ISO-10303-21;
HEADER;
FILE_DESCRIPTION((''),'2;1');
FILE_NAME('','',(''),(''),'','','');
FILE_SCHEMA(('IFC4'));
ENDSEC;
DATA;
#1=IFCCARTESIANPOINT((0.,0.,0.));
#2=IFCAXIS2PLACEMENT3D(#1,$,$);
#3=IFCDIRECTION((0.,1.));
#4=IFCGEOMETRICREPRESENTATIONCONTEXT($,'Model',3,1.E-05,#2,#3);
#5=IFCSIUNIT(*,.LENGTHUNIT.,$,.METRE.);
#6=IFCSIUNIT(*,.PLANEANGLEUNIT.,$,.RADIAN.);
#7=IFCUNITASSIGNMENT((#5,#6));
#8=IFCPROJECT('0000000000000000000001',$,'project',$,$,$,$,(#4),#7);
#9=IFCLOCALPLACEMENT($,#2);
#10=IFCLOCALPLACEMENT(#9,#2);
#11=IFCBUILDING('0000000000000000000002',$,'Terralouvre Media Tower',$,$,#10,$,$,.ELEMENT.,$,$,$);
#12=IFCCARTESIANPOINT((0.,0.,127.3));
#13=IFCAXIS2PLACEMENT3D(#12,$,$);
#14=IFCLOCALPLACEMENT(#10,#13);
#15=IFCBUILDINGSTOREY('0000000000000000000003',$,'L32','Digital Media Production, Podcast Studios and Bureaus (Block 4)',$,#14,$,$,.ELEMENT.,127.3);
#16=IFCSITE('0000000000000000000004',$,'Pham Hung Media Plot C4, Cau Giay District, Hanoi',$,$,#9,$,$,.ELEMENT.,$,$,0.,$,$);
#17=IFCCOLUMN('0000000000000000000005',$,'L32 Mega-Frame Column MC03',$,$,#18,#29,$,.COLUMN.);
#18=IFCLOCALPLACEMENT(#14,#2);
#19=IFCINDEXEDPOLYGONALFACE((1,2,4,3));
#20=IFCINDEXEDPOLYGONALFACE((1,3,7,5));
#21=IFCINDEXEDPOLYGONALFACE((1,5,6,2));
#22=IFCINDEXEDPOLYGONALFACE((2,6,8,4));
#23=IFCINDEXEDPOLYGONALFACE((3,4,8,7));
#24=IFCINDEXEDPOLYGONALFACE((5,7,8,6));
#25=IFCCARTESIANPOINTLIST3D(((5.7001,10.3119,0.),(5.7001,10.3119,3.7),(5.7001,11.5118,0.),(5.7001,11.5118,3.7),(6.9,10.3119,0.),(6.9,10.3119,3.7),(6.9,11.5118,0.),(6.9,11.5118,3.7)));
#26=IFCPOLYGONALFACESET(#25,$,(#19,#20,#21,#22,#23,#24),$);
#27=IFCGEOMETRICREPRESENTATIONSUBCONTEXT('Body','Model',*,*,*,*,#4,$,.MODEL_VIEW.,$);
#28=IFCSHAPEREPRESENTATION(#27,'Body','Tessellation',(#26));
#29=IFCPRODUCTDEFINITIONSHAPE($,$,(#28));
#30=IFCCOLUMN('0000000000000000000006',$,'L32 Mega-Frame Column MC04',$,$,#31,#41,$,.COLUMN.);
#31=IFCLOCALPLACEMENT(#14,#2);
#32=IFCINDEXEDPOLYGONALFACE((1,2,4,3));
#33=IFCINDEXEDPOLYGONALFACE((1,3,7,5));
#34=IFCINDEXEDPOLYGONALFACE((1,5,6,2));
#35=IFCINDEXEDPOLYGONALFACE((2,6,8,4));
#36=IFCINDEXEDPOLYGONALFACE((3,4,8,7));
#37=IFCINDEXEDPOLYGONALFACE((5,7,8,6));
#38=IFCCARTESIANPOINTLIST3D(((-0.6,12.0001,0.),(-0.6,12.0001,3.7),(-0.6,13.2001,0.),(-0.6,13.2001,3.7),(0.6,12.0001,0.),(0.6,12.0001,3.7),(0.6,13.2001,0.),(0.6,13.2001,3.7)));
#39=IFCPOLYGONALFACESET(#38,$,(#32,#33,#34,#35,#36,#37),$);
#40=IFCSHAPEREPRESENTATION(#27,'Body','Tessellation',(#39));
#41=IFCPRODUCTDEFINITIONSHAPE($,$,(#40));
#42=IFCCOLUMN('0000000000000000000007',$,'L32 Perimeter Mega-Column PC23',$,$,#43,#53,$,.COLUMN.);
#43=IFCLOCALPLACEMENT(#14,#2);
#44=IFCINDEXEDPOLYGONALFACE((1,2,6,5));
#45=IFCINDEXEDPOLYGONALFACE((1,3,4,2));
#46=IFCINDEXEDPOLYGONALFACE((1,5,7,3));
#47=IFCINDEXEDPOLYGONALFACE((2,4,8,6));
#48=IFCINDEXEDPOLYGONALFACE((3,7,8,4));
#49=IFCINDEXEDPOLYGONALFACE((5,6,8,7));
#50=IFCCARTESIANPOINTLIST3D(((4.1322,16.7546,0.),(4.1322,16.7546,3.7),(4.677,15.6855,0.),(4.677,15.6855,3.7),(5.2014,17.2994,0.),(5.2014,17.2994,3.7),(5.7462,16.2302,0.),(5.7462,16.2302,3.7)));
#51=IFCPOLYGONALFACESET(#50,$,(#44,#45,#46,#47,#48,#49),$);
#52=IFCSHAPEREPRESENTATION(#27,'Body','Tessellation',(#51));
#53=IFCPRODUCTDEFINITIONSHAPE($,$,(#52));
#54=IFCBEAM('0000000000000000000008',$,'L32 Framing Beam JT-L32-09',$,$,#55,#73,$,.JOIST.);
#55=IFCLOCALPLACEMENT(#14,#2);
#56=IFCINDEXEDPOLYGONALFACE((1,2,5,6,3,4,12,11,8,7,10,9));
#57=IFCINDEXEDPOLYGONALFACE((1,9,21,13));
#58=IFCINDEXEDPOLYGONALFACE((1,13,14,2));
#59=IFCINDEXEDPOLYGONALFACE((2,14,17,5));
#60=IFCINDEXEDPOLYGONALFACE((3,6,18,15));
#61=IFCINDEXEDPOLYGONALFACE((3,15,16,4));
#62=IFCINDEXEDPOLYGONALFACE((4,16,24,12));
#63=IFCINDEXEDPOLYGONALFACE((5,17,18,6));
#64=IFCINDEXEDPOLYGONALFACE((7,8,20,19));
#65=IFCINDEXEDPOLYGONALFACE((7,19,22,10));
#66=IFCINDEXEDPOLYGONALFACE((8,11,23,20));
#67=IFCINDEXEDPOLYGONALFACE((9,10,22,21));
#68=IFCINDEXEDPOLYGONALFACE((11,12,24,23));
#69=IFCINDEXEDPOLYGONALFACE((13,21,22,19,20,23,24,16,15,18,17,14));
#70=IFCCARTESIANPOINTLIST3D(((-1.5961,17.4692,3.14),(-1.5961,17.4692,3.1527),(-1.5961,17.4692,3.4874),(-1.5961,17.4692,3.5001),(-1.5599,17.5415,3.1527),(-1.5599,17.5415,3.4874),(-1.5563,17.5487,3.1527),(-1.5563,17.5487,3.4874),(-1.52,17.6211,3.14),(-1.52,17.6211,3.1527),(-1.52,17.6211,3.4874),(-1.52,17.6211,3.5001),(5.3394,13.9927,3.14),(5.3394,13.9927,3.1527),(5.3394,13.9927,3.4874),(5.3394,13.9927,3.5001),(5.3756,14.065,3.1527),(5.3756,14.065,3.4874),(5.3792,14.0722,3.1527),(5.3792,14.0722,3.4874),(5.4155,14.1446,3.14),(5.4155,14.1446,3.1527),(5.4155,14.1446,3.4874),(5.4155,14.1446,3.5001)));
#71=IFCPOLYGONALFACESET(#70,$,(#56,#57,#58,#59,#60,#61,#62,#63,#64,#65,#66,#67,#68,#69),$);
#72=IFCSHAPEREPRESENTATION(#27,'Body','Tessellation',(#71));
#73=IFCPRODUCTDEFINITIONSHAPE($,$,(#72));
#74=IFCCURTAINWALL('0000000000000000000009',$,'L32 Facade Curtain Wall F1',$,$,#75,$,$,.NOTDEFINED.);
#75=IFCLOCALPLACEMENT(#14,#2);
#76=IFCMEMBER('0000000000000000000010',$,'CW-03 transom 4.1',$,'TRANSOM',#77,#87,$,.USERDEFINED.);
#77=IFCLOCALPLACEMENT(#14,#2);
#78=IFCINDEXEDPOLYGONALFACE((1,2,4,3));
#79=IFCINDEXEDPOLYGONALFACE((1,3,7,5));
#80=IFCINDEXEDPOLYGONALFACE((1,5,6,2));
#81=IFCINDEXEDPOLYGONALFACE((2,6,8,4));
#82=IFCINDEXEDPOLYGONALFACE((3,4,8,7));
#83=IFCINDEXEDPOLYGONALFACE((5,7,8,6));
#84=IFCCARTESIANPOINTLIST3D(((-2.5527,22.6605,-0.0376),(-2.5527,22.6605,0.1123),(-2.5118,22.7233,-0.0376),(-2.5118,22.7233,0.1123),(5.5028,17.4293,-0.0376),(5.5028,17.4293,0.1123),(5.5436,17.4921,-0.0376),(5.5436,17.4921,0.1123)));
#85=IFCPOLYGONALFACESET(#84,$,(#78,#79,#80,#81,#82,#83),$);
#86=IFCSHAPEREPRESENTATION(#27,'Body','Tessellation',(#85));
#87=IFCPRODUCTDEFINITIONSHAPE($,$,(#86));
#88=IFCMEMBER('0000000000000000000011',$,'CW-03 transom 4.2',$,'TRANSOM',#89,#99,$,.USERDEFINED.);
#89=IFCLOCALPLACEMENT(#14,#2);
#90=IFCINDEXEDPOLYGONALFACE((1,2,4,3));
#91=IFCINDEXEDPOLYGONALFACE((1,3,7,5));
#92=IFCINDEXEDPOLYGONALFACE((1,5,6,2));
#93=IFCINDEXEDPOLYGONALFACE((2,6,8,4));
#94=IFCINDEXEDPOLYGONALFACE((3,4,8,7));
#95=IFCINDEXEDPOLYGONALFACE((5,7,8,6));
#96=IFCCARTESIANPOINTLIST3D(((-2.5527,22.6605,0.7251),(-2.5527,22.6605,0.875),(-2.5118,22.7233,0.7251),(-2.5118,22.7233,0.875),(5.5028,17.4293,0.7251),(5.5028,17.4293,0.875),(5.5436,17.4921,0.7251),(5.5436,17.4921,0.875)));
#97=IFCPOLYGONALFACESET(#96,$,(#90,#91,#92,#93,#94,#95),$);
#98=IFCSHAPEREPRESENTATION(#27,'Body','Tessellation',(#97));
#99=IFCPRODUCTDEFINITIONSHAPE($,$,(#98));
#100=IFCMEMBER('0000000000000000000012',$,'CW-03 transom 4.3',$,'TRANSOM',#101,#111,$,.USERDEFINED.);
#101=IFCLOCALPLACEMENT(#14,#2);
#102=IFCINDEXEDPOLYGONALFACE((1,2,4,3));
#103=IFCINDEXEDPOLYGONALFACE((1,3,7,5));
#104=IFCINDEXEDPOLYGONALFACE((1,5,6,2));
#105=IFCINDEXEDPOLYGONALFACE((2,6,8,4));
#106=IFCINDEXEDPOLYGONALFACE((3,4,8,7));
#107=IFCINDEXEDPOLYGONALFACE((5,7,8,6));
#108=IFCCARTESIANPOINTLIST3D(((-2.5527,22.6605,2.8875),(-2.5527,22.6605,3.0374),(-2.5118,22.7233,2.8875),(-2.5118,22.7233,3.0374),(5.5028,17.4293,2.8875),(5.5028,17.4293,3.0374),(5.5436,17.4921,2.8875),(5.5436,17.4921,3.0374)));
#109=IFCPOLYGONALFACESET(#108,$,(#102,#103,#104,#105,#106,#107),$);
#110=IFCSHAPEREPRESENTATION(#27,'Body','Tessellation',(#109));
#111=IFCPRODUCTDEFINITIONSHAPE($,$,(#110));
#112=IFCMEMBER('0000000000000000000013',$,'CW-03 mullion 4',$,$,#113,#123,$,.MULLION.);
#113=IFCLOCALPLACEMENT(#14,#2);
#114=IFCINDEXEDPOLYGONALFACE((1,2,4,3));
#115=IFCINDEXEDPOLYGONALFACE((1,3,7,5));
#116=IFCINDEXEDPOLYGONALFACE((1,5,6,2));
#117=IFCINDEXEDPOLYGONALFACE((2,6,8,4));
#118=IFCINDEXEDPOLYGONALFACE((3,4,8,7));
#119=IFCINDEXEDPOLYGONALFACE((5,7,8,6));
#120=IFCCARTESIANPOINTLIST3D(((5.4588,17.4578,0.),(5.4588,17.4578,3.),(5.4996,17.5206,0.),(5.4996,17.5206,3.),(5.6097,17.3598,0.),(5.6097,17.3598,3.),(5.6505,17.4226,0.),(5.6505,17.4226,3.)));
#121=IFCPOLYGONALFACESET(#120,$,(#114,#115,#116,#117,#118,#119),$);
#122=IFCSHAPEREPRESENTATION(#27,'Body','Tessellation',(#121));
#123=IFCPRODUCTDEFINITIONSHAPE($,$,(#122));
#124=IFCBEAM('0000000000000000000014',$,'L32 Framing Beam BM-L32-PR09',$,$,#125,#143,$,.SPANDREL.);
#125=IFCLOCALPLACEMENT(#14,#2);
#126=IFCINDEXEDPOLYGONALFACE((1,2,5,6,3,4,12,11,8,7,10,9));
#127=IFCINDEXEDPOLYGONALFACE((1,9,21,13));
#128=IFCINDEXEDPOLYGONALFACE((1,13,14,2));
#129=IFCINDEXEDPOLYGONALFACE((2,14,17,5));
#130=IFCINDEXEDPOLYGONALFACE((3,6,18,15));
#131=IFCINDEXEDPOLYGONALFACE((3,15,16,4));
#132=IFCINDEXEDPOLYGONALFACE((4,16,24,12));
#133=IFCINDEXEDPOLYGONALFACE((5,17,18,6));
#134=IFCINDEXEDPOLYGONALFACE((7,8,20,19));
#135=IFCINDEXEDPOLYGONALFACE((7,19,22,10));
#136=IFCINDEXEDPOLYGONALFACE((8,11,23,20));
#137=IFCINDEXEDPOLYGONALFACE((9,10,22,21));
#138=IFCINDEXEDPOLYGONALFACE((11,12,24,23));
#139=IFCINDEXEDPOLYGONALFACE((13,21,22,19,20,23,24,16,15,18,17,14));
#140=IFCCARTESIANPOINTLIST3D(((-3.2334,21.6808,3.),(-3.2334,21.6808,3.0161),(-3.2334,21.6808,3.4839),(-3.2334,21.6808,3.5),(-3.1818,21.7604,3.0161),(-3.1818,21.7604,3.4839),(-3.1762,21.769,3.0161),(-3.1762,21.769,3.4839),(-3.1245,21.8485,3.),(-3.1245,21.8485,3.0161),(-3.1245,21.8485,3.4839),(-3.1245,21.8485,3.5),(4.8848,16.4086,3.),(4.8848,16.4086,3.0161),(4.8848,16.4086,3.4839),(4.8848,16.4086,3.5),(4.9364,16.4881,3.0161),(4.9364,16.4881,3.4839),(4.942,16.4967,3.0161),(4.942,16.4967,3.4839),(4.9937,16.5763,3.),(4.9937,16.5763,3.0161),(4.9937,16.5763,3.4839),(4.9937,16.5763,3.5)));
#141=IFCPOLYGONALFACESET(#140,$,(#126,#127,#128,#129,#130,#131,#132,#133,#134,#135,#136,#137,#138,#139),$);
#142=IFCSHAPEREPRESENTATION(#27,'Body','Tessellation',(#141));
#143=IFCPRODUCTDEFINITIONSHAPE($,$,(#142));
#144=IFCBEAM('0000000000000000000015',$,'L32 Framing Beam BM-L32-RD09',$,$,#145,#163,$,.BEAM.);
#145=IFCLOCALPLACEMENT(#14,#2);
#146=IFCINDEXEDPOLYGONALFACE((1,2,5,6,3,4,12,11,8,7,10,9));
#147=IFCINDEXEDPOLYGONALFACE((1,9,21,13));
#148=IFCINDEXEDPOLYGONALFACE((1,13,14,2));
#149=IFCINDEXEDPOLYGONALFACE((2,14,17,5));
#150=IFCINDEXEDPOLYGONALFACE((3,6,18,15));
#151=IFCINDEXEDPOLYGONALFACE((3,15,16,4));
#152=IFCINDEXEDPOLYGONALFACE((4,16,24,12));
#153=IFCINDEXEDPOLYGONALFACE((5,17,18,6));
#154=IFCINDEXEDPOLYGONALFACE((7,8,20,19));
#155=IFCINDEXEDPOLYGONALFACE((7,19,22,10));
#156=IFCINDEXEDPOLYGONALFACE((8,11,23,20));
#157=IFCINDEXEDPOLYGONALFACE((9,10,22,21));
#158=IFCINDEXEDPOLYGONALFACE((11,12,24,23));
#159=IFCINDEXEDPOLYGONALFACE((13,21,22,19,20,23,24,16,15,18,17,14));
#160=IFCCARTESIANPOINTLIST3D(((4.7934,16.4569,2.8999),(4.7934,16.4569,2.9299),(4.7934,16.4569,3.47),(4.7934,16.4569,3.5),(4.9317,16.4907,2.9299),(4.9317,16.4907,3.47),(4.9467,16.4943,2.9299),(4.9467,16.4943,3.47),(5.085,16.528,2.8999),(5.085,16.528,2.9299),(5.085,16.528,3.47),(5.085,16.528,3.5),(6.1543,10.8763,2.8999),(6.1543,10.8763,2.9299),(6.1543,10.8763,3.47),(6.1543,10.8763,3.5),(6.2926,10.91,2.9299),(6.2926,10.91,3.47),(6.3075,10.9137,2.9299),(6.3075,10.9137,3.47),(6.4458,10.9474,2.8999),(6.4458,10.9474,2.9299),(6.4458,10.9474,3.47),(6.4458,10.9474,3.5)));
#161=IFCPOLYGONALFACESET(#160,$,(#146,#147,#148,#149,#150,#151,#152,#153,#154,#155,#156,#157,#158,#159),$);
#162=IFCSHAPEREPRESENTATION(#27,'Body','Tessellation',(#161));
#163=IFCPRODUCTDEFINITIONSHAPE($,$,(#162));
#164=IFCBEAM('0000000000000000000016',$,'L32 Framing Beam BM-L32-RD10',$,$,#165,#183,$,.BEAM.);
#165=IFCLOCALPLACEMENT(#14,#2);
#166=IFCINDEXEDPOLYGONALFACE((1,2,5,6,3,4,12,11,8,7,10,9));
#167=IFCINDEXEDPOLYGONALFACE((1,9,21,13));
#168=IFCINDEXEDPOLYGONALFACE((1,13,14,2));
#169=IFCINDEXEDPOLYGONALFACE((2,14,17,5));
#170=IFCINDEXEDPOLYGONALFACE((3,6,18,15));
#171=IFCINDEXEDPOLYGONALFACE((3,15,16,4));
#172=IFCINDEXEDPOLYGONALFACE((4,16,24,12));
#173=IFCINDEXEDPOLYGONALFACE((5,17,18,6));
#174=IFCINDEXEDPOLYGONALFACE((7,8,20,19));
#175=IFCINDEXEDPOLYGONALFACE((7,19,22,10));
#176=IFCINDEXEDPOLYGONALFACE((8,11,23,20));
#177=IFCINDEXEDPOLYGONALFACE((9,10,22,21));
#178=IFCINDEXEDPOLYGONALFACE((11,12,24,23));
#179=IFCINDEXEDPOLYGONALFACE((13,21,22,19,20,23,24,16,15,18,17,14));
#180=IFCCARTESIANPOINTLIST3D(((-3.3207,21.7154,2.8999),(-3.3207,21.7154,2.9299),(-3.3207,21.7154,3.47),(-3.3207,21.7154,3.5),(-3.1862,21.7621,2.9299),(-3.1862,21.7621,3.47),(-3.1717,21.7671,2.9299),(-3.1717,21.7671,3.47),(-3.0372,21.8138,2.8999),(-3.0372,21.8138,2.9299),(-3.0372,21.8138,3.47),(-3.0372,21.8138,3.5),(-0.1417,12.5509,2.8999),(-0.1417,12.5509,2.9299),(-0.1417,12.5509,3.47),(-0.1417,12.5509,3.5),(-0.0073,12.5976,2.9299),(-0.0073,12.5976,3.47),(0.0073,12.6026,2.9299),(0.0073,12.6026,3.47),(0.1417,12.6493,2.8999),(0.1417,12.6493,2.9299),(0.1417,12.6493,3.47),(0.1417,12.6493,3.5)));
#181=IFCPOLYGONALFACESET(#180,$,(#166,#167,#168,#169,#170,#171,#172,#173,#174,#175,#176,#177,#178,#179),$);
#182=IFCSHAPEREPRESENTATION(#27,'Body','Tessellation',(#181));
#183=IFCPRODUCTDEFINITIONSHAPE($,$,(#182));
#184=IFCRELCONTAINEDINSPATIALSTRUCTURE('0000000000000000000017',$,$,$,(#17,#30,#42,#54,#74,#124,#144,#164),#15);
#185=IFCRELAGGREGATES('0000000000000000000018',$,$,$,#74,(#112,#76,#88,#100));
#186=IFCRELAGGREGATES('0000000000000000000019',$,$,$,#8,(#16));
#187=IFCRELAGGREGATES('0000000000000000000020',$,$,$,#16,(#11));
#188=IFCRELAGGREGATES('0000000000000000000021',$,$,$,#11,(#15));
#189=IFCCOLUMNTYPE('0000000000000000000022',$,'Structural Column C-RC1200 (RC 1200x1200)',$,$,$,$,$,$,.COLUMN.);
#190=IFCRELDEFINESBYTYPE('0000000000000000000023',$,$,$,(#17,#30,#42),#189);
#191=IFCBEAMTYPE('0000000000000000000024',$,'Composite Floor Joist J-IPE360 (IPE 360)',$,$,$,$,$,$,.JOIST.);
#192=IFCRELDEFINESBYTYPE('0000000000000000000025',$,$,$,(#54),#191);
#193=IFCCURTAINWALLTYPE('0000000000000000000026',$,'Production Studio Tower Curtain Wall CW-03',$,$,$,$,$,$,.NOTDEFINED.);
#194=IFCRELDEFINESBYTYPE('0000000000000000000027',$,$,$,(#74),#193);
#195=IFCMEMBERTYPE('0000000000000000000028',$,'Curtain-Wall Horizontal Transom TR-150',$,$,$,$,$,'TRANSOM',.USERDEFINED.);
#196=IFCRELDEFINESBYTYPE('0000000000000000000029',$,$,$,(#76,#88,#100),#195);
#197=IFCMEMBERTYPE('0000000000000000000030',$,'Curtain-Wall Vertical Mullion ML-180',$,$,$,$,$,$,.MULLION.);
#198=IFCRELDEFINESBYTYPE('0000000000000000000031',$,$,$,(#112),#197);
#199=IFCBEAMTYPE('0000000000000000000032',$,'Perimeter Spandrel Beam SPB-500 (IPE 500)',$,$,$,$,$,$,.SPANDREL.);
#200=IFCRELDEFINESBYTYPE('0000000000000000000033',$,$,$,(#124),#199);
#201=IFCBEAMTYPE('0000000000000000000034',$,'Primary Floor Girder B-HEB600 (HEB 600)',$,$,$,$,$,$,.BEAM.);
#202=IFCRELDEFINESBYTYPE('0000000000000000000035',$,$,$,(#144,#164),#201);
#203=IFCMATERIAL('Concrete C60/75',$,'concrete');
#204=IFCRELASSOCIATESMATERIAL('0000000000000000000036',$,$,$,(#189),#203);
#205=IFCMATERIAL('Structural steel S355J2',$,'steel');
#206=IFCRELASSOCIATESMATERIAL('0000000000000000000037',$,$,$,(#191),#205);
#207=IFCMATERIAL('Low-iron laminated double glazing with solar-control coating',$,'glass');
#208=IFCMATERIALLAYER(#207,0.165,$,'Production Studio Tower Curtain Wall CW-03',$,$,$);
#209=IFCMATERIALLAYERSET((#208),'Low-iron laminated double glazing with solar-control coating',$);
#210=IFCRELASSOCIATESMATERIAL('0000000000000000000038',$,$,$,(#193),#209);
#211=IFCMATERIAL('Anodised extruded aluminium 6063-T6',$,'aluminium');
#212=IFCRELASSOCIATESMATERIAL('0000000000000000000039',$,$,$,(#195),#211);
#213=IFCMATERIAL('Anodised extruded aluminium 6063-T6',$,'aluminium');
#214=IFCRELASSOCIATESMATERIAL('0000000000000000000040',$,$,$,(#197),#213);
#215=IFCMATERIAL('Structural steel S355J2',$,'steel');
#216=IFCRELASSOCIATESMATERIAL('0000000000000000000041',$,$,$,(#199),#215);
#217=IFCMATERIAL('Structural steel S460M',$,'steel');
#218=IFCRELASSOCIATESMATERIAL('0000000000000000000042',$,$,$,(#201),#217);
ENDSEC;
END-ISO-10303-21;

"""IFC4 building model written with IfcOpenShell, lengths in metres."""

from ifc_helpers import new_model, si_unit, direction, frame, origin, origin_2d, place, context, subcontext, project, spatial, rectangle, i_section, extrude, material, layer, layer_set, material_profile, profile_set, type_object, element, aggregate, save


model = new_model("IFC4")

# Units and contexts
model_context = context("Model", 3, precision=1e-05, world=origin(), true_north=direction((0.0, 1.0)))
body_context = subcontext(model_context, "Body", "Model", "MODEL_VIEW")
ifc_project = project(units=[si_unit("LENGTHUNIT", "METRE"), si_unit("PLANEANGLEUNIT", "RADIAN")], contexts=[model_context])

# Site, building, storey
site_placement = place(None, origin())
site = spatial("IfcSite", under=ifc_project, at=site_placement, Name="Pham Hung Media Plot C4, Cau Giay District, Hanoi", CompositionType="ELEMENT", RefElevation=0.0)
building_placement = place(site_placement, origin())
building = spatial("IfcBuilding", under=site, at=building_placement, Name="Terralouvre Media Tower", CompositionType="ELEMENT")
storey_placement = place(building_placement, frame((0.0, 0.0, 127.3)))
storey = spatial("IfcBuildingStorey", under=building, at=storey_placement, Name="L32", Description="Digital Media Production, Podcast Studios and Bureaus (Block 4)", CompositionType="ELEMENT", Elevation=127.3)

# Columns
ifc_material_1 = material(Name="Concrete C60/75", Category="concrete")
ifc_material_profile_1 = material_profile(ifc_material_1, rectangle(XDim=1.2, YDim=1.2, at=origin_2d()), Name="RC 1200x1200")
ifc_profile_set_1 = profile_set([ifc_material_profile_1], Name="Concrete C60/75")
column_type = type_object("IfcColumnType", Name="Structural Column C-RC1200 (RC 1200x1200)", PredefinedType="COLUMN", material=ifc_profile_set_1)
for number, where, z_axis, x_axis, name in (
    (1, (6.3, 10.9119, 0.0), (0.0, 0.0, 1.0), (1.0, 0.0, 0.0), "L32 Mega-Frame Column MC03"),
    (2, (0.0, 12.6001, 0.0), (0.0, 0.0, 1.0), (1.0, 0.0, 0.0), "L32 Mega-Frame Column MC04"),
    (3, (4.9392, 16.4924, 0.0), (0.0, 0.0, 1.0), (0.891007, 0.45399, 0.0), "L32 Perimeter Mega-Column PC23"),
):
    element("IfcColumn", number, at=place(storey_placement, frame(where, z_axis=z_axis, x_axis=x_axis)), inside=storey, type_object=column_type, Name=name, PredefinedType="COLUMN", context=body_context, shape_type="SweptSolid", body=[
        extrude(rectangle(XDim=1.2, YDim=1.2, at=origin_2d()), origin(), (0.0, 0.0, 1.0), 3.7),
    ])

# Beam
ifc_material_2 = material(Name="Structural steel S355J2", Category="steel")
ifc_material_profile_2 = material_profile(ifc_material_2, i_section(OverallWidth=0.1699, OverallDepth=0.3601, WebThickness=0.0081, FlangeThickness=0.0127, at=origin_2d()), Name="IPE 360")
ifc_profile_set_2 = profile_set([ifc_material_profile_2], Name="Structural steel S355J2")
beam_type_1 = type_object("IfcBeamType", Name="Composite Floor Joist J-IPE360 (IPE 360)", PredefinedType="JOIST", material=ifc_profile_set_2)
beam_1_placement = place(storey_placement, frame((5.3774, 14.0686, 3.3201), z_axis=(-0.893974, 0.44812, 0.0), x_axis=(-0.44812, -0.893974, 0.0)))
element("IfcBeam", 4, at=beam_1_placement, inside=storey, type_object=beam_type_1, Name="L32 Framing Beam JT-L32-09", PredefinedType="JOIST", context=body_context, shape_type="SweptSolid", body=[
    extrude(i_section(OverallWidth=0.1699, OverallDepth=0.3601, WebThickness=0.0081, FlangeThickness=0.0127, at=origin_2d()), origin(), (0.0, 0.0, 1.0), 7.7581),
])

# Curtain wall, members
ifc_material_3 = material(Name="Low-iron laminated double glazing with solar-control coating", Category="glass")
ifc_layer_1 = layer(ifc_material_3, 0.165, Name="Production Studio Tower Curtain Wall CW-03")
ifc_layer_set_1 = layer_set([ifc_layer_1], Name="Low-iron laminated double glazing with solar-control coating")
curtain_wall_type = type_object("IfcCurtainWallType", Name="Production Studio Tower Curtain Wall CW-03", PredefinedType="NOTDEFINED", material=ifc_layer_set_1)
curtain_wall_placement = place(storey_placement, origin())
curtain_wall = element("IfcCurtainWall", 5, at=curtain_wall_placement, inside=storey, type_object=curtain_wall_type, Name="L32 Facade Curtain Wall F1", PredefinedType="NOTDEFINED")
ifc_material_4 = material(Name="Anodised extruded aluminium 6063-T6", Category="aluminium")
ifc_material_profile_3 = material_profile(ifc_material_4, rectangle(XDim=0.075, YDim=0.1499, at=origin_2d()), Name="ALU 75x150")
ifc_profile_set_3 = profile_set([ifc_material_profile_3], Name="Anodised extruded aluminium 6063-T6")
member_type_1 = type_object("IfcMemberType", Name="Curtain-Wall Horizontal Transom TR-150", ElementType="TRANSOM", PredefinedType="USERDEFINED", material=ifc_profile_set_3)
member_1_placement = place(storey_placement, frame((5.5232, 17.4607, 0.0374), z_axis=(-0.838673, 0.544635, 0.0), x_axis=(-0.544635, -0.838673, 0.0)))
member_1 = element("IfcMember", 6, at=member_1_placement, type_object=member_type_1, Name="CW-03 transom 4.1", ObjectType="TRANSOM", PredefinedType="USERDEFINED", context=body_context, shape_type="SweptSolid", body=[
    extrude(rectangle(XDim=0.075, YDim=0.1499, at=origin_2d()), origin(), (0.0, 0.0, 1.0), 9.605),
])
member_2_placement = place(storey_placement, frame((5.5232, 17.4607, 0.8), z_axis=(-0.838673, 0.544635, 0.0), x_axis=(-0.544635, -0.838673, 0.0)))
member_2 = element("IfcMember", 7, at=member_2_placement, type_object=member_type_1, Name="CW-03 transom 4.2", ObjectType="TRANSOM", PredefinedType="USERDEFINED", context=body_context, shape_type="SweptSolid", body=[
    extrude(rectangle(XDim=0.075, YDim=0.1499, at=origin_2d()), origin(), (0.0, 0.0, 1.0), 9.605),
])
member_3_placement = place(storey_placement, frame((5.5232, 17.4607, 2.9624), z_axis=(-0.838673, 0.544635, 0.0), x_axis=(-0.544635, -0.838673, 0.0)))
member_3 = element("IfcMember", 8, at=member_3_placement, type_object=member_type_1, Name="CW-03 transom 4.3", ObjectType="TRANSOM", PredefinedType="USERDEFINED", context=body_context, shape_type="SweptSolid", body=[
    extrude(rectangle(XDim=0.075, YDim=0.1499, at=origin_2d()), origin(), (0.0, 0.0, 1.0), 9.605),
])
ifc_material_5 = material(Name="Anodised extruded aluminium 6063-T6", Category="aluminium")
ifc_material_profile_4 = material_profile(ifc_material_5, rectangle(XDim=0.075, YDim=0.1799, at=origin_2d()), Name="ALU 75x180")
ifc_profile_set_4 = profile_set([ifc_material_profile_4], Name="Anodised extruded aluminium 6063-T6")
member_type_2 = type_object("IfcMemberType", Name="Curtain-Wall Vertical Mullion ML-180", PredefinedType="MULLION", material=ifc_profile_set_4)
member_4_placement = place(storey_placement, frame((5.5547, 17.4402, 0.0), z_axis=(0.0, 0.0, 1.0), x_axis=(-0.544639, -0.838671, 0.0)))
member_4 = element("IfcMember", 9, at=member_4_placement, type_object=member_type_2, Name="CW-03 mullion 4", PredefinedType="MULLION", context=body_context, shape_type="SweptSolid", body=[
    extrude(rectangle(XDim=0.075, YDim=0.1799, at=origin_2d()), origin(), (0.0, 0.0, 1.0), 3.0),
])

# Beams
ifc_material_6 = material(Name="Structural steel S355J2", Category="steel")
ifc_material_profile_5 = material_profile(ifc_material_6, i_section(OverallWidth=0.2, OverallDepth=0.5, WebThickness=0.0103, FlangeThickness=0.0161, at=origin_2d()), Name="IPE 500")
ifc_profile_set_5 = profile_set([ifc_material_profile_5], Name="Structural steel S355J2")
beam_type_2 = type_object("IfcBeamType", Name="Perimeter Spandrel Beam SPB-500 (IPE 500)", PredefinedType="SPANDREL", material=ifc_profile_set_5)
beam_2_placement = place(storey_placement, frame((4.9392, 16.4924, 3.25), z_axis=(-0.83866, 0.544655, 0.0), x_axis=(-0.544655, -0.83866, 0.0)))
element("IfcBeam", 10, at=beam_2_placement, inside=storey, type_object=beam_type_2, Name="L32 Framing Beam BM-L32-PR09", PredefinedType="SPANDREL", context=body_context, shape_type="SweptSolid", body=[
    extrude(i_section(OverallWidth=0.2, OverallDepth=0.5, WebThickness=0.0103, FlangeThickness=0.0161, at=origin_2d()), origin(), (0.0, 0.0, 1.0), 9.6799),
])
ifc_material_7 = material(Name="Structural steel S460M", Category="steel")
ifc_material_profile_6 = material_profile(ifc_material_7, i_section(OverallWidth=0.3, OverallDepth=0.6001, WebThickness=0.0154, FlangeThickness=0.03, at=origin_2d()), Name="HEB 600")
ifc_profile_set_6 = profile_set([ifc_material_profile_6], Name="Structural steel S460M")
beam_type_3 = type_object("IfcBeamType", Name="Primary Floor Girder B-HEB600 (HEB 600)", PredefinedType="BEAM", material=ifc_profile_set_6)
beam_3_placement = place(storey_placement, frame((6.3, 10.9119, 3.2), z_axis=(-0.236911, 0.971531, 0.0), x_axis=(-0.971531, -0.236911, 0.0)))
element("IfcBeam", 11, at=beam_3_placement, inside=storey, type_object=beam_type_3, Name="L32 Framing Beam BM-L32-RD09", PredefinedType="BEAM", context=body_context, shape_type="SweptSolid", body=[
    extrude(i_section(OverallWidth=0.3, OverallDepth=0.6001, WebThickness=0.0154, FlangeThickness=0.03, at=origin_2d()), origin(), (0.0, 0.0, 1.0), 5.7441),
])
beam_4_placement = place(storey_placement, frame((0.0, 12.6001, 3.2), z_axis=(-0.327719, 0.944775, 0.0), x_axis=(-0.944775, -0.327719, 0.0)))
element("IfcBeam", 12, at=beam_4_placement, inside=storey, type_object=beam_type_3, Name="L32 Framing Beam BM-L32-RD10", PredefinedType="BEAM", context=body_context, shape_type="SweptSolid", body=[
    extrude(i_section(OverallWidth=0.3, OverallDepth=0.6001, WebThickness=0.0154, FlangeThickness=0.03, at=origin_2d()), origin(), (0.0, 0.0, 1.0), 9.7002),
])

aggregate(curtain_wall, [member_4, member_1, member_2, member_3])

save(model, "model.ifc")
